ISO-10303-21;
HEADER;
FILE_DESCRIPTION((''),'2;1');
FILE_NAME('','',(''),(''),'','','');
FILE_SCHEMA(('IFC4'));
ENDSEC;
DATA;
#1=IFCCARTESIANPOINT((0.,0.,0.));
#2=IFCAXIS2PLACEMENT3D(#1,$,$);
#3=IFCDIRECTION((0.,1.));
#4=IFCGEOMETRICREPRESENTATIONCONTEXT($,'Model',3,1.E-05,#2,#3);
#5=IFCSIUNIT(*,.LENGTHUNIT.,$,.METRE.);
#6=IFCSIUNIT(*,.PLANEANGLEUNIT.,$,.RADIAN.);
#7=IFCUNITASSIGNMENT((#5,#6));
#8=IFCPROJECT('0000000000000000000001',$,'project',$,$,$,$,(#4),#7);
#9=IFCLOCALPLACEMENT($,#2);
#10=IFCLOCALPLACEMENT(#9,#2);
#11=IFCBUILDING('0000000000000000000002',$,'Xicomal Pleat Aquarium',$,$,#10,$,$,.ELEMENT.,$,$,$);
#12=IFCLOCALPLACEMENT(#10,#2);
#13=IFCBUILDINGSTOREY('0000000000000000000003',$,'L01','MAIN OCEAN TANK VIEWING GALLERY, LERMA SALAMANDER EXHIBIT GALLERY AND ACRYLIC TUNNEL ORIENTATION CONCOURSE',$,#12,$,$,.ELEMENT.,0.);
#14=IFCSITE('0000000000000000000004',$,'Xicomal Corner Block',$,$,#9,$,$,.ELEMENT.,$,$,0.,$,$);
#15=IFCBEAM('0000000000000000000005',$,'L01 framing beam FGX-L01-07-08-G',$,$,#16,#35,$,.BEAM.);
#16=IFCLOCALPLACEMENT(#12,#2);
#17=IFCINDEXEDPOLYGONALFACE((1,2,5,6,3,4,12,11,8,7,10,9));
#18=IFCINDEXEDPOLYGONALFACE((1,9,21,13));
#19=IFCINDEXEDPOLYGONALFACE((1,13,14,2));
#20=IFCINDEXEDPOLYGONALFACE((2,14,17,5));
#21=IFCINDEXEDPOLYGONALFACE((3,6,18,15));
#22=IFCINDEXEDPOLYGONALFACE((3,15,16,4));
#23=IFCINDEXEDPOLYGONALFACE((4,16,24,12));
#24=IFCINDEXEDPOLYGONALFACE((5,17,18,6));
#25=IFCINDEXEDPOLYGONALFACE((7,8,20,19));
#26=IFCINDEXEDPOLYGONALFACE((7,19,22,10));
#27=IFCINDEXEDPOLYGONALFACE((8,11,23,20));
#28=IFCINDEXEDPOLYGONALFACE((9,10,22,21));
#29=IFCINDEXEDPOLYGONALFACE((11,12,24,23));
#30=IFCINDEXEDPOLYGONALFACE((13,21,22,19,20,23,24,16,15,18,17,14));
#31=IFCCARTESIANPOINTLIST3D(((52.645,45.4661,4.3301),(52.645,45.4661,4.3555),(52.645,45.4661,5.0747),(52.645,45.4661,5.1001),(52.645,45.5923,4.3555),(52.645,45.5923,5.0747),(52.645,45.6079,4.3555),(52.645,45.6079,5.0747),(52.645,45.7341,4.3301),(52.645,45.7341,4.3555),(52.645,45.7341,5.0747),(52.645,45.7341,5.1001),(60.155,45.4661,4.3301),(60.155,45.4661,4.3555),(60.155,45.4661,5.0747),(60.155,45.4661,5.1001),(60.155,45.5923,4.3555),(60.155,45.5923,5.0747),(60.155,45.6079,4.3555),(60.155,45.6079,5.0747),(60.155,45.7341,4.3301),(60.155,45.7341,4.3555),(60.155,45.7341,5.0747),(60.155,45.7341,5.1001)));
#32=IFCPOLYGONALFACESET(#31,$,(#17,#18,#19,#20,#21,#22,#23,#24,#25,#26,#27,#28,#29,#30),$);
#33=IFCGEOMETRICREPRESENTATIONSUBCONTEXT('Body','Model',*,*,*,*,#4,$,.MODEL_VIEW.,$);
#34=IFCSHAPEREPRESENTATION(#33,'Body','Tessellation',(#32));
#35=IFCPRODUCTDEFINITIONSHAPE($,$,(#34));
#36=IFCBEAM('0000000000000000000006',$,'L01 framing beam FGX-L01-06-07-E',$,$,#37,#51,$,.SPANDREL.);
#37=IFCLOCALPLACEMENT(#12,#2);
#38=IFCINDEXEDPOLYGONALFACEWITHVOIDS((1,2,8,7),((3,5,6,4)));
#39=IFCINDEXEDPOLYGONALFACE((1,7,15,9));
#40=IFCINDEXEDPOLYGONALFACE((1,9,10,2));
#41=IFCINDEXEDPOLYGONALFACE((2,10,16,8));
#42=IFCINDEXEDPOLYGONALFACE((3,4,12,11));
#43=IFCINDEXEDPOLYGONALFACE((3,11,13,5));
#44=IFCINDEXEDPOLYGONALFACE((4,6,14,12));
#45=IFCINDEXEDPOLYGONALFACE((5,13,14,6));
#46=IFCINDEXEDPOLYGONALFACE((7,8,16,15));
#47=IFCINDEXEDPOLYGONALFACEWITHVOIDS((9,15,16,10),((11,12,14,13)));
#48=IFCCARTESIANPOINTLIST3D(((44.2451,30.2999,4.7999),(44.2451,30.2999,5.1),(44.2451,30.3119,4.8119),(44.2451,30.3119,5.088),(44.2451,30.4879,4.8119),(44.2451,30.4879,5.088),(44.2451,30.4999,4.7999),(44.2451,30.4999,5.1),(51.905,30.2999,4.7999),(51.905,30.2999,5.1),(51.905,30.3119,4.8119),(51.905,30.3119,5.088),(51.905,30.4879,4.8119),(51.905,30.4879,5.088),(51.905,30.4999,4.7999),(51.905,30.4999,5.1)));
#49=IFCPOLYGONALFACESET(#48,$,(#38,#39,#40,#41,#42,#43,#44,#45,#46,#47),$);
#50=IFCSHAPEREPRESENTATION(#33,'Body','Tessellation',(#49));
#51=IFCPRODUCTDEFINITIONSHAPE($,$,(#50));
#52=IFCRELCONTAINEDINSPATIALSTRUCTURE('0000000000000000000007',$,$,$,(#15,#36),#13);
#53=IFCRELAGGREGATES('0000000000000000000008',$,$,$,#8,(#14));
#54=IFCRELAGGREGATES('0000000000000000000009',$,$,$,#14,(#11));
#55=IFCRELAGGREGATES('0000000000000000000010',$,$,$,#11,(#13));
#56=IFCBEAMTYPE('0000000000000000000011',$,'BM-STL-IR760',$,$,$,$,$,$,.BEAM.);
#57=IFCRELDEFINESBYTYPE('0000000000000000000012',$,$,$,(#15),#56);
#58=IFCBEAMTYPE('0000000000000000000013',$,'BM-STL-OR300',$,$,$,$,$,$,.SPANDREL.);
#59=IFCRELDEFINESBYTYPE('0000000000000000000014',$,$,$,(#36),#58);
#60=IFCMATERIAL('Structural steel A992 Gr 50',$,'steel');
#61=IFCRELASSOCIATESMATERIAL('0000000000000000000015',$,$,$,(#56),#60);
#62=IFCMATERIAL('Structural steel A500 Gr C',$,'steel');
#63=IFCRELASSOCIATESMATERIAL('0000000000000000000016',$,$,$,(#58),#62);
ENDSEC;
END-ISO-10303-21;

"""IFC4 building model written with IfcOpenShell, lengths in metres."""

from ifc_helpers import new_model, si_unit, direction, frame, origin, origin_2d, place, context, subcontext, project, spatial, hollow_rectangle, i_section, extrude, material, material_profile, profile_set, type_object, element, save


model = new_model("IFC4")

# Units and contexts
model_context = context("Model", 3, precision=1e-05, world=origin(), true_north=direction((0.0, 1.0)))
body_context = subcontext(model_context, "Body", "Model", "MODEL_VIEW")
ifc_project = project(units=[si_unit("LENGTHUNIT", "METRE"), si_unit("PLANEANGLEUNIT", "RADIAN")], contexts=[model_context])

# Site, building, storey
site_placement = place(None, origin())
site = spatial("IfcSite", under=ifc_project, at=site_placement, Name="Xicomal Corner Block", CompositionType="ELEMENT", RefElevation=0.0)
building_placement = place(site_placement, origin())
building = spatial("IfcBuilding", under=site, at=building_placement, Name="Xicomal Pleat Aquarium", CompositionType="ELEMENT")
storey_placement = place(building_placement, origin())
storey = spatial("IfcBuildingStorey", under=building, at=storey_placement, Name="L01", Description="MAIN OCEAN TANK VIEWING GALLERY, LERMA SALAMANDER EXHIBIT GALLERY AND ACRYLIC TUNNEL ORIENTATION CONCOURSE", CompositionType="ELEMENT", Elevation=0.0)

# Beams
ifc_material_1 = material(Name="Structural steel A992 Gr 50", Category="steel")
ifc_material_profile_1 = material_profile(ifc_material_1, i_section(OverallWidth=0.2681, OverallDepth=0.77, WebThickness=0.0156, FlangeThickness=0.0254, at=origin_2d()), Name="IR 760x196")
ifc_profile_set_1 = profile_set([ifc_material_profile_1], Name="Structural steel A992 Gr 50")
beam_type_1 = type_object("IfcBeamType", Name="BM-STL-IR760", PredefinedType="BEAM", material=ifc_profile_set_1)
beam_1_placement = place(storey_placement, frame((52.645, 45.6001, 4.7151), z_axis=(1.0, 0.0, 0.0), x_axis=(0.0, 1.0, 0.0)))
element("IfcBeam", 1, at=beam_1_placement, inside=storey, type_object=beam_type_1, Name="L01 framing beam FGX-L01-07-08-G", PredefinedType="BEAM", context=body_context, shape_type="SweptSolid", body=[
    extrude(i_section(OverallWidth=0.2681, OverallDepth=0.77, WebThickness=0.0156, FlangeThickness=0.0254, at=origin_2d()), origin(), (0.0, 0.0, 1.0), 7.51),
])
ifc_material_2 = material(Name="Structural steel A500 Gr C", Category="steel")
ifc_material_profile_2 = material_profile(ifc_material_2, hollow_rectangle(XDim=0.2, YDim=0.3, WallThickness=0.012, at=origin_2d()), Name="OR 300x200x12")
ifc_profile_set_2 = profile_set([ifc_material_profile_2], Name="Structural steel A500 Gr C")
beam_type_2 = type_object("IfcBeamType", Name="BM-STL-OR300", PredefinedType="SPANDREL", material=ifc_profile_set_2)
beam_2_placement = place(storey_placement, frame((44.2451, 30.3999, 4.95), z_axis=(1.0, 0.0, 0.0), x_axis=(0.0, 1.0, 0.0)))
element("IfcBeam", 2, at=beam_2_placement, inside=storey, type_object=beam_type_2, Name="L01 framing beam FGX-L01-06-07-E", PredefinedType="SPANDREL", context=body_context, shape_type="SweptSolid", body=[
    extrude(hollow_rectangle(XDim=0.2, YDim=0.3, WallThickness=0.012, at=origin_2d()), origin(), (0.0, 0.0, 1.0), 7.6599),
])

save(model, "model.ifc")
